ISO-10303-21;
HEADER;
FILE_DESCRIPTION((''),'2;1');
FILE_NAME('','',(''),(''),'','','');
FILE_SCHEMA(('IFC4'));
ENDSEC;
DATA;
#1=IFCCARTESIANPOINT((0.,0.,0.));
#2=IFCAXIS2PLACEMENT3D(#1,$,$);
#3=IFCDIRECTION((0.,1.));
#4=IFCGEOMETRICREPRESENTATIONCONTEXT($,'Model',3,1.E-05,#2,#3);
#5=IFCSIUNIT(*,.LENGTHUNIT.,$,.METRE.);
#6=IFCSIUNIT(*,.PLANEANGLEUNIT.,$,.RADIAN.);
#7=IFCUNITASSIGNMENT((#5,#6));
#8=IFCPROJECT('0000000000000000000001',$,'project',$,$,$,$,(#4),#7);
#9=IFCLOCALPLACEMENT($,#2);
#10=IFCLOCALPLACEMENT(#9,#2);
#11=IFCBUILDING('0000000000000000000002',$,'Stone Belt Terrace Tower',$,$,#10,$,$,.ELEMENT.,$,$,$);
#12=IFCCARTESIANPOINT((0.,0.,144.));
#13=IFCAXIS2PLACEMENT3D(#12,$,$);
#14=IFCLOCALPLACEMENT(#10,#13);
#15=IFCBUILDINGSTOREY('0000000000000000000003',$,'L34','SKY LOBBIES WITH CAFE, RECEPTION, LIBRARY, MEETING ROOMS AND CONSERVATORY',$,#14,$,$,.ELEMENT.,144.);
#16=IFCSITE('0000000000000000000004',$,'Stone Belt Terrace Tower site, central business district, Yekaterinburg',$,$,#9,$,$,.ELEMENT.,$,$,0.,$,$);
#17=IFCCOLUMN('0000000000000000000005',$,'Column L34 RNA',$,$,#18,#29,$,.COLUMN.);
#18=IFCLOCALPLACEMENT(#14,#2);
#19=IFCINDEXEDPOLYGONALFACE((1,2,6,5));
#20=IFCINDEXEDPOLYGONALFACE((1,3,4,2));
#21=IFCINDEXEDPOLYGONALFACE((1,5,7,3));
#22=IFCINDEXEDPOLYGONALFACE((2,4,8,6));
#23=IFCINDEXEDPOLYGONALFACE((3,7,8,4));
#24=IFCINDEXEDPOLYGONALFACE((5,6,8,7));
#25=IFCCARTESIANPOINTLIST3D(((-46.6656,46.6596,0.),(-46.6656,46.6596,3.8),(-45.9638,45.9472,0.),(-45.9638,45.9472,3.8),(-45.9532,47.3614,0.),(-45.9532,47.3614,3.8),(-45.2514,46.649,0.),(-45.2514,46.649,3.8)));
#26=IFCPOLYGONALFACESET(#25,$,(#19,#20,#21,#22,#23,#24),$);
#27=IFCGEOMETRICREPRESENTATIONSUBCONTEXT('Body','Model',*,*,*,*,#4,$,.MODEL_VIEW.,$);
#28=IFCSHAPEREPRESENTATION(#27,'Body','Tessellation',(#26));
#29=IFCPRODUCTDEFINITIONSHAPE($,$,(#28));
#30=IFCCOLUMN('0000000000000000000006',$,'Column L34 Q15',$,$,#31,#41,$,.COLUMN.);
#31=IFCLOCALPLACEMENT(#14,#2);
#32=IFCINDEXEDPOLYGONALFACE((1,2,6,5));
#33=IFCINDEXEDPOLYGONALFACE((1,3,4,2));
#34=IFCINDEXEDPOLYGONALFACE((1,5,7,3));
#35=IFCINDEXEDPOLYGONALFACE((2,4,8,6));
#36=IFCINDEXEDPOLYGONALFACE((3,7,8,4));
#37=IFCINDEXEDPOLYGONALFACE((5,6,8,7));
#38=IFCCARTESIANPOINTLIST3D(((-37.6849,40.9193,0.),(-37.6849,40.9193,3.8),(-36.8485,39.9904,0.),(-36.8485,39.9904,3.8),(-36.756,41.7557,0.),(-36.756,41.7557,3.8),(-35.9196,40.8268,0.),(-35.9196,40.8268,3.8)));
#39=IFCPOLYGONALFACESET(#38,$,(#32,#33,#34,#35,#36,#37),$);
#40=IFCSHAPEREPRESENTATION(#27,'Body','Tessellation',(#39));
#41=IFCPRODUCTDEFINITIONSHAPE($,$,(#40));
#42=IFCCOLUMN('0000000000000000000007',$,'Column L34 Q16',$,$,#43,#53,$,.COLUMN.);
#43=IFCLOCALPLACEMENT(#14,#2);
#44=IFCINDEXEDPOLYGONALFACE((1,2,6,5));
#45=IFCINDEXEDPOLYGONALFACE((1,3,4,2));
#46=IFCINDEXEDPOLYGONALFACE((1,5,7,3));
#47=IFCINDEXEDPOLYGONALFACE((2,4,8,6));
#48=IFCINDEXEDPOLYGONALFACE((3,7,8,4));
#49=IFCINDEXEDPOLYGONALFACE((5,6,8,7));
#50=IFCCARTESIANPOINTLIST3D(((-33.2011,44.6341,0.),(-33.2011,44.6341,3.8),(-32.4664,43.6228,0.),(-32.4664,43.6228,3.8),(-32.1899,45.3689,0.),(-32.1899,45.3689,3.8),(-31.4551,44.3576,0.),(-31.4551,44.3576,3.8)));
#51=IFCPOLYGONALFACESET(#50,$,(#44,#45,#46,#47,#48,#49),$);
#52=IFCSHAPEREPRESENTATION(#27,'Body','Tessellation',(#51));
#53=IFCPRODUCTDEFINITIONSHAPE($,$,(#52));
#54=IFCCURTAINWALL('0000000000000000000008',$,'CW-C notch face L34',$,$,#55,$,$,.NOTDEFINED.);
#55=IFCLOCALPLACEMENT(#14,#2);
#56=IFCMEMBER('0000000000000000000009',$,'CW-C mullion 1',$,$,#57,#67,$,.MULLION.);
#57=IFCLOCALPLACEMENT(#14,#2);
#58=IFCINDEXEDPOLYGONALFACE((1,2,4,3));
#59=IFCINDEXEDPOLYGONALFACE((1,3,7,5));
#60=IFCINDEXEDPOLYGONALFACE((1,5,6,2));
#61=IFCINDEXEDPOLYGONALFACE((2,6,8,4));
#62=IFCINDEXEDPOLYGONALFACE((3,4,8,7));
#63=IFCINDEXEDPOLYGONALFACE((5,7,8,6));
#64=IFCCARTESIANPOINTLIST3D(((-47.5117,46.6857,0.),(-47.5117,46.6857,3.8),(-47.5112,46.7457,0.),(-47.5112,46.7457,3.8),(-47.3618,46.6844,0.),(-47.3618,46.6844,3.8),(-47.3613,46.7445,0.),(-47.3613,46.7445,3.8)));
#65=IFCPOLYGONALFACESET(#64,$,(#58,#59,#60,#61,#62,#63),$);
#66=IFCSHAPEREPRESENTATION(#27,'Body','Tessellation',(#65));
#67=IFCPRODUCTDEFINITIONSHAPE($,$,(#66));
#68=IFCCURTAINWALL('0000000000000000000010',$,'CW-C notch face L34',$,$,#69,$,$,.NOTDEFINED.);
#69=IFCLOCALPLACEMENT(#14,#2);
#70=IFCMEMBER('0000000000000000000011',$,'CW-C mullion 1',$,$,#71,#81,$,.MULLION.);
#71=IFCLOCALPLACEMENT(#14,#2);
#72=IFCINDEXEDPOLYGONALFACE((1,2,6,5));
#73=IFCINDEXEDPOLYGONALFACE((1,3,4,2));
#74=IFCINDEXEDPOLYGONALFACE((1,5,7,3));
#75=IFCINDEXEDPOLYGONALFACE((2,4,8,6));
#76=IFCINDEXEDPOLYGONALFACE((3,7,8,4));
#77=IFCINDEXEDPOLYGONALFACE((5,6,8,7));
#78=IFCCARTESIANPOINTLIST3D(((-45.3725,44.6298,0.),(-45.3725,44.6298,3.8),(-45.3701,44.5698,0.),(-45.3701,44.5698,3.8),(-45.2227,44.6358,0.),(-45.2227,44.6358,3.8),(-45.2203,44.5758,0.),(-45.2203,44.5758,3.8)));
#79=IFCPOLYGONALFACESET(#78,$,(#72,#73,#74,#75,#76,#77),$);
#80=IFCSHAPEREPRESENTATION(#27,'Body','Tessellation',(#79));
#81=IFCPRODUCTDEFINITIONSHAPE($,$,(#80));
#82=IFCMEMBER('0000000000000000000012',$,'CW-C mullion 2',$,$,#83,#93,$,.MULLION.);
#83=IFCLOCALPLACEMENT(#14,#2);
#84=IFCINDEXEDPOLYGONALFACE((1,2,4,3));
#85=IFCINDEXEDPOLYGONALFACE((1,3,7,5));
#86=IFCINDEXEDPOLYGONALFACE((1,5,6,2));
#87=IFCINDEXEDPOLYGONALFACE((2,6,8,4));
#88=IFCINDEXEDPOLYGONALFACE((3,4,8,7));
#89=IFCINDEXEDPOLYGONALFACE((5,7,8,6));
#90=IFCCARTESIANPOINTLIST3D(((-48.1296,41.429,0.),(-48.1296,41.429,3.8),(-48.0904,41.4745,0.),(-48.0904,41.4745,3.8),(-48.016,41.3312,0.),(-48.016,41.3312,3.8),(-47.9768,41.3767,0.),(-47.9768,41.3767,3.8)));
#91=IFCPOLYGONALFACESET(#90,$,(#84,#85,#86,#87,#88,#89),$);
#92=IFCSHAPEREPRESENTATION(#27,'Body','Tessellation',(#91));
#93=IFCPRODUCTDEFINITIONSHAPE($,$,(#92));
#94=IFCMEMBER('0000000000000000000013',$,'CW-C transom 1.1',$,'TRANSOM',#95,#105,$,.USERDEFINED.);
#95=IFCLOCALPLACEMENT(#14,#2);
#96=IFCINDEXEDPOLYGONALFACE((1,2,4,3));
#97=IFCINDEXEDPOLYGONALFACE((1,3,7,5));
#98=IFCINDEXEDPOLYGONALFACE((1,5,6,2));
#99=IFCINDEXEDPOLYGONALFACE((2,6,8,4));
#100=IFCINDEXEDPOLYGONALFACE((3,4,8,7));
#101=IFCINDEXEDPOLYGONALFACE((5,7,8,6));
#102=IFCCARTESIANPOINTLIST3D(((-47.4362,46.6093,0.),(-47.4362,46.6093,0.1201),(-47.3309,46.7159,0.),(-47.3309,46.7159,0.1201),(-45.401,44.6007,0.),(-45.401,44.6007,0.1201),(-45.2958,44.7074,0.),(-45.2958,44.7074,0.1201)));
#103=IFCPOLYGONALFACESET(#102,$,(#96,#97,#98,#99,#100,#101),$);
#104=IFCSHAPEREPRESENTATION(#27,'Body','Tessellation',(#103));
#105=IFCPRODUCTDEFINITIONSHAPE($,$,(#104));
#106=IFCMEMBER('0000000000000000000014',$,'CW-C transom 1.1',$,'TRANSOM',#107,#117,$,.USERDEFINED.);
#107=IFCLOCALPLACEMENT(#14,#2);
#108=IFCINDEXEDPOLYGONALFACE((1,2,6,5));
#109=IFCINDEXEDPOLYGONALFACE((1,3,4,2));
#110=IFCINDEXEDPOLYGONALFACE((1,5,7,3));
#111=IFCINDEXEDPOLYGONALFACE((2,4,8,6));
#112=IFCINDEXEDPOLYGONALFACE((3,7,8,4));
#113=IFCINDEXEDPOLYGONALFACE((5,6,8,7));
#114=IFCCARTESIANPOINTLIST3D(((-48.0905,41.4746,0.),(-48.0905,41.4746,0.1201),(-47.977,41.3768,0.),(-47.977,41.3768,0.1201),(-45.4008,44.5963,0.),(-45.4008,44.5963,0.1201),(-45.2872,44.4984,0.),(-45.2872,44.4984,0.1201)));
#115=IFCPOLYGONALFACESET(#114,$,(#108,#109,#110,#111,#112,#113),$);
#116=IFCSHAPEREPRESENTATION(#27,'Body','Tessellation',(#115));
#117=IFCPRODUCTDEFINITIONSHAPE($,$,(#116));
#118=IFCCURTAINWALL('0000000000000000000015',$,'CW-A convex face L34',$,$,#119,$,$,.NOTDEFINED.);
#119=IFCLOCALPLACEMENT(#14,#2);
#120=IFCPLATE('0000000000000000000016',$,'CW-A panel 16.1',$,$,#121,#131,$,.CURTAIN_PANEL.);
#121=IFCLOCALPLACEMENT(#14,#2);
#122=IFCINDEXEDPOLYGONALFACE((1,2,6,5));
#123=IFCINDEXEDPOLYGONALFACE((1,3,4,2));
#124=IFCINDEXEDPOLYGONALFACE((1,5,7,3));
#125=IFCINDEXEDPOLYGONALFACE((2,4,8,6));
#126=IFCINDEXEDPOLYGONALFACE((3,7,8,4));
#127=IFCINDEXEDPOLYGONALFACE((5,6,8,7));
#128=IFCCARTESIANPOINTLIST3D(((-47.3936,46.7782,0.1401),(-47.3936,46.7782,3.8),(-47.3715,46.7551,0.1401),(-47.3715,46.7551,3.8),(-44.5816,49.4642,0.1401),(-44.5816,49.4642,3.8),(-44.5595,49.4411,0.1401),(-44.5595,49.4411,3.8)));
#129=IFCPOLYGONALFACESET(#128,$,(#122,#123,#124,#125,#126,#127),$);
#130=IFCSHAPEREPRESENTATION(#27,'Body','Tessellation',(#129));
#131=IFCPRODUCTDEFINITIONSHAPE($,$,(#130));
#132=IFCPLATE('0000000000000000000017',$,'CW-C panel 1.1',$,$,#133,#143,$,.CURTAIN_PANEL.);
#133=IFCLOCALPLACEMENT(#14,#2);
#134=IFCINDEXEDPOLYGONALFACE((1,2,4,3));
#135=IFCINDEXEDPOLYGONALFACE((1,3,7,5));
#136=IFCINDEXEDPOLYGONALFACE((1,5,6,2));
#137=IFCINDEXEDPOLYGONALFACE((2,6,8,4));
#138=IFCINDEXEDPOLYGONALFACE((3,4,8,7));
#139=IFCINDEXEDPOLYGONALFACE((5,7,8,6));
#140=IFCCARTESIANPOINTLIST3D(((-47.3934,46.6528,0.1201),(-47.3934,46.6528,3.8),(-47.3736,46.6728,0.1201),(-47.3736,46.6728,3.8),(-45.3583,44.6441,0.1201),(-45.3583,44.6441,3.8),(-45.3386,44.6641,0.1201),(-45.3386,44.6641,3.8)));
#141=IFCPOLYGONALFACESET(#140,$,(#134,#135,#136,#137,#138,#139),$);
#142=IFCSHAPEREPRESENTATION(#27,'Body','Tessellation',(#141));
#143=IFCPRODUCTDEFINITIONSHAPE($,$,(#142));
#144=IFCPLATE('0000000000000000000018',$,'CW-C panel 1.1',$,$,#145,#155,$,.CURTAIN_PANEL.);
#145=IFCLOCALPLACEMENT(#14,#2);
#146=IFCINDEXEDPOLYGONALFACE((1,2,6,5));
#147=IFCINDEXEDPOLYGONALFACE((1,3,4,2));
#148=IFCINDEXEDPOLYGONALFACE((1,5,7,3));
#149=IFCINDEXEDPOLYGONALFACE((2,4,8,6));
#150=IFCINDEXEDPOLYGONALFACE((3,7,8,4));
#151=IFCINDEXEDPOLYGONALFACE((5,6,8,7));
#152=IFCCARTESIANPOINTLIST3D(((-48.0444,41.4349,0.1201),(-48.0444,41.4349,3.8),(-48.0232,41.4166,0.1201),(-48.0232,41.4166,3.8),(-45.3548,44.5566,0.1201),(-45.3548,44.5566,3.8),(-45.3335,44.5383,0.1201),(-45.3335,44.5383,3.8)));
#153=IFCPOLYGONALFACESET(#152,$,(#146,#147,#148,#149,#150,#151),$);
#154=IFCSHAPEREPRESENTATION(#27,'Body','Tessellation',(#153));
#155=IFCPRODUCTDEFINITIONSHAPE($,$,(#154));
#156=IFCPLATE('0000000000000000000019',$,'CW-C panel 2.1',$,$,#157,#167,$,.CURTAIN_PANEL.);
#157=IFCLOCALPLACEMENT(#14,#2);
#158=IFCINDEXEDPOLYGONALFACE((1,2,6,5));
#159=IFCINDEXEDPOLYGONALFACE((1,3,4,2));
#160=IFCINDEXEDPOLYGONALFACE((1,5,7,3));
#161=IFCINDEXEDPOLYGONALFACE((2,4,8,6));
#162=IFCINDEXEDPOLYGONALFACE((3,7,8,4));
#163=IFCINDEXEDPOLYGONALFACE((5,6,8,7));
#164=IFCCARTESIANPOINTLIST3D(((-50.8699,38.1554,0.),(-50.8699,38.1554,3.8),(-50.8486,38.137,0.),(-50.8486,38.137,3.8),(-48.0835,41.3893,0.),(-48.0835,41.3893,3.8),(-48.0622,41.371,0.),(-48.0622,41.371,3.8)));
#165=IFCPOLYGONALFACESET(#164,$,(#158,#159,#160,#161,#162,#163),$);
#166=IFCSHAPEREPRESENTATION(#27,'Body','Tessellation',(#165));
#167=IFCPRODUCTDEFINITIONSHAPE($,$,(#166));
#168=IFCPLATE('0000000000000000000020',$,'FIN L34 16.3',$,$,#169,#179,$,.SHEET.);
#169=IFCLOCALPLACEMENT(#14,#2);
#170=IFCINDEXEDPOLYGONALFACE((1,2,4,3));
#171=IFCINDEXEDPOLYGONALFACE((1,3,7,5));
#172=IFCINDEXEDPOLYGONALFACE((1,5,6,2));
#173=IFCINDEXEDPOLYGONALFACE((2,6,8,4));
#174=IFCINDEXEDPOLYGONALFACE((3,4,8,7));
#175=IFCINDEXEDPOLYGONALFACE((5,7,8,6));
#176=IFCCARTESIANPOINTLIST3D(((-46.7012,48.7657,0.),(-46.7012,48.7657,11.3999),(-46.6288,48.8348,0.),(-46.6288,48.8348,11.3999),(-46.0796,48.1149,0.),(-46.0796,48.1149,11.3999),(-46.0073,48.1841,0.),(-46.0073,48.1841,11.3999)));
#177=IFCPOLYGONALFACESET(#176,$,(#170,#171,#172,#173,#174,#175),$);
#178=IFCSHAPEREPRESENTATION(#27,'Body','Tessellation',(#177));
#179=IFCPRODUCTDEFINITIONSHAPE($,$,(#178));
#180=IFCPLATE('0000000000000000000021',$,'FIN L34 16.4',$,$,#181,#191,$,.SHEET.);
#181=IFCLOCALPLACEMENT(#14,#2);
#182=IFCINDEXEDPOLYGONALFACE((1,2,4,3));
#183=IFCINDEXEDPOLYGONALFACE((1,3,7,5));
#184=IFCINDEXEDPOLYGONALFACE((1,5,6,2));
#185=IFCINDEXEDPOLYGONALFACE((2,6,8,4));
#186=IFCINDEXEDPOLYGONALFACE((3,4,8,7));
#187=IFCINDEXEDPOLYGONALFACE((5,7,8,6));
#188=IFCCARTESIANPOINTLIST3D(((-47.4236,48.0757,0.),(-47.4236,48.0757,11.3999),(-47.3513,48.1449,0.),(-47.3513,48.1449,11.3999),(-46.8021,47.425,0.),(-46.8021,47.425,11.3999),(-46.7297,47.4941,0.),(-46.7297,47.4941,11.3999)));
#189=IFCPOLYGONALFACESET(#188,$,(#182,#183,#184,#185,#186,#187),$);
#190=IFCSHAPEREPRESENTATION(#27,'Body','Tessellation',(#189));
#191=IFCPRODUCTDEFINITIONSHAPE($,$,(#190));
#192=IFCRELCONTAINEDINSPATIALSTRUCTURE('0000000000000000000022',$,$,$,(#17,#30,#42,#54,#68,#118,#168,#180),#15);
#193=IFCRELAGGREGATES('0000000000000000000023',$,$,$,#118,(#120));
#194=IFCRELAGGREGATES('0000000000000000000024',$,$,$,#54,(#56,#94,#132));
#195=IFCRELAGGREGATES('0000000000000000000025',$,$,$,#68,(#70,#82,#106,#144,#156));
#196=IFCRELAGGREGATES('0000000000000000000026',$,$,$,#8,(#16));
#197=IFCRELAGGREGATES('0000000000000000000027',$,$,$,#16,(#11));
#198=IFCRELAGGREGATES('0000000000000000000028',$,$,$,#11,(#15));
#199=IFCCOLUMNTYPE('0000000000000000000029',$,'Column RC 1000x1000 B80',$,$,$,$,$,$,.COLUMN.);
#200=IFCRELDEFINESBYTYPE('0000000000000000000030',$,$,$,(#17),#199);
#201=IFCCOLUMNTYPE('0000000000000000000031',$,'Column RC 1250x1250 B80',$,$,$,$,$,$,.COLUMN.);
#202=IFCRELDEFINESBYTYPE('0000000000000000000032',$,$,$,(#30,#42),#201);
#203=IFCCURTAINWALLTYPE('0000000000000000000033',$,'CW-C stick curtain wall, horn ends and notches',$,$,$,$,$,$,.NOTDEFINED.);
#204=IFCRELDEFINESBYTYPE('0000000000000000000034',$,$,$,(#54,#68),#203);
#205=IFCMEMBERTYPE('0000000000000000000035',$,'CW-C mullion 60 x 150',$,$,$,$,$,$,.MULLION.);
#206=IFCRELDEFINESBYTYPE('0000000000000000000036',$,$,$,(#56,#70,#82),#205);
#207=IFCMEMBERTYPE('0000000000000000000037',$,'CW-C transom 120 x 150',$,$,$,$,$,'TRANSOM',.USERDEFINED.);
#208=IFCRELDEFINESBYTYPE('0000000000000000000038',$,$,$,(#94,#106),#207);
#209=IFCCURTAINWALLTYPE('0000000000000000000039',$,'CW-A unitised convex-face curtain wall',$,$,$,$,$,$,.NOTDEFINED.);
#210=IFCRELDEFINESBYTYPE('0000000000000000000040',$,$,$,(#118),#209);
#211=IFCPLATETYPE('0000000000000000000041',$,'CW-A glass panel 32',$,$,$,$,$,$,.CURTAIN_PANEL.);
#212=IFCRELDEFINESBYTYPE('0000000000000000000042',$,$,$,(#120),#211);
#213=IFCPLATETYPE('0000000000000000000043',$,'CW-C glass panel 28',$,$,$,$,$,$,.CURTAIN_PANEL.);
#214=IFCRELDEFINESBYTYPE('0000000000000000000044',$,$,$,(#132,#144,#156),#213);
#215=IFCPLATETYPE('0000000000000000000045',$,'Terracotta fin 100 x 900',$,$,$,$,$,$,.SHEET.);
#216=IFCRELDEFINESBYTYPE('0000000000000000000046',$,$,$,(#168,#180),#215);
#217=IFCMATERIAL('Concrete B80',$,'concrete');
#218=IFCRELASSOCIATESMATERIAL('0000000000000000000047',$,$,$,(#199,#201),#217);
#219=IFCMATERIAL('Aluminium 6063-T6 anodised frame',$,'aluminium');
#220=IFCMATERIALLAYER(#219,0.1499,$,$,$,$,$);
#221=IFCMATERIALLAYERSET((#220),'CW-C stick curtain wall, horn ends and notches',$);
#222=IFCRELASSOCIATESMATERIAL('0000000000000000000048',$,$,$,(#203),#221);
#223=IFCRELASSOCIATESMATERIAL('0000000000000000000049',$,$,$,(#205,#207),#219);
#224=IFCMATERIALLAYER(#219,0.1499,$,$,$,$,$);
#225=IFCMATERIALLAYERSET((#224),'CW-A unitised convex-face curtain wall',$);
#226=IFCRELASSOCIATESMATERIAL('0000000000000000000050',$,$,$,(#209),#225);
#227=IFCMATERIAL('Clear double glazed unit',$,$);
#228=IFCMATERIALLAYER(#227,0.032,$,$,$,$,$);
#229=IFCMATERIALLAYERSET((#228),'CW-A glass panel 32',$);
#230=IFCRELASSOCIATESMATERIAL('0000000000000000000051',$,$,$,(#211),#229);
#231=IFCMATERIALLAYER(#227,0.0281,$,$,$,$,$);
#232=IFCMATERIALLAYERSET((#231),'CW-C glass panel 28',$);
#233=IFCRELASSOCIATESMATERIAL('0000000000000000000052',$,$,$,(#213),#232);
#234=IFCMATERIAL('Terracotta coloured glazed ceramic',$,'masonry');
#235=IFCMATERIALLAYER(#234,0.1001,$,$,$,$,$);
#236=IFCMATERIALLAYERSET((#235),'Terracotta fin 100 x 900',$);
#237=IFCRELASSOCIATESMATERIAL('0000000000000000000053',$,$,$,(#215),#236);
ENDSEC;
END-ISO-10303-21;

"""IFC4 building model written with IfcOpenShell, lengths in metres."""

from ifc_helpers import new_model, si_unit, direction, frame, origin, origin_2d, place, context, subcontext, project, spatial, rectangle, extrude, material, layer, layer_set, material_profile, profile_set, type_object, element, aggregate, save


model = new_model("IFC4")

# Units and contexts
model_context = context("Model", 3, precision=1e-05, world=origin(), true_north=direction((0.0, 1.0)))
body_context = subcontext(model_context, "Body", "Model", "MODEL_VIEW")
ifc_project = project(units=[si_unit("LENGTHUNIT", "METRE"), si_unit("PLANEANGLEUNIT", "RADIAN")], contexts=[model_context])

# Site, building, storey
site_placement = place(None, origin())
site = spatial("IfcSite", under=ifc_project, at=site_placement, Name="Stone Belt Terrace Tower site, central business district, Yekaterinburg", CompositionType="ELEMENT", RefElevation=0.0)
building_placement = place(site_placement, origin())
building = spatial("IfcBuilding", under=site, at=building_placement, Name="Stone Belt Terrace Tower", CompositionType="ELEMENT")
storey_placement = place(building_placement, frame((0.0, 0.0, 144.0)))
storey = spatial("IfcBuildingStorey", under=building, at=storey_placement, Name="L34", Description="SKY LOBBIES WITH CAFE, RECEPTION, LIBRARY, MEETING ROOMS AND CONSERVATORY", CompositionType="ELEMENT", Elevation=144.0)

# Columns
ifc_material_1 = material(Name="Concrete B80", Category="concrete")
ifc_material_profile_1 = material_profile(ifc_material_1, rectangle(XDim=1.0, YDim=1.0, at=origin_2d()), Name="RC 1000x1000")
ifc_profile_set_1 = profile_set([ifc_material_profile_1], Name="Concrete B80")
column_type_1 = type_object("IfcColumnType", Name="Column RC 1000x1000 B80", PredefinedType="COLUMN", material=ifc_profile_set_1)
column_placement = place(storey_placement, frame((-45.9585, 46.6543, 0.0), z_axis=(0.0, 0.0, 1.0), x_axis=(0.712398, 0.701775, 0.0)))
element("IfcColumn", 1, at=column_placement, inside=storey, type_object=column_type_1, Name="Column L34 RNA", PredefinedType="COLUMN", context=body_context, shape_type="SweptSolid", body=[
    extrude(rectangle(XDim=1.0, YDim=1.0, at=origin_2d()), origin(), (0.0, 0.0, 1.0), 3.8),
])
ifc_material_profile_2 = material_profile(ifc_material_1, rectangle(XDim=1.25, YDim=1.25, at=origin_2d()), Name="RC 1250x1250")
ifc_profile_set_2 = profile_set([ifc_material_profile_2], Name="Concrete B80")
column_type_2 = type_object("IfcColumnType", Name="Column RC 1250x1250 B80", PredefinedType="COLUMN", material=ifc_profile_set_2)
for number, where, z_axis, x_axis, name in (
    (2, (-36.8022, 40.873, 0.0), (0.0, 0.0, 1.0), (0.743145, 0.669131, 0.0), "Column L34 Q15"),
    (3, (-32.3281, 44.4958, 0.0), (0.0, 0.0, 1.0), (0.809017, 0.587785, 0.0), "Column L34 Q16"),
):
    element("IfcColumn", number, at=place(storey_placement, frame(where, z_axis=z_axis, x_axis=x_axis)), inside=storey, type_object=column_type_2, Name=name, PredefinedType="COLUMN", context=body_context, shape_type="SweptSolid", body=[
        extrude(rectangle(XDim=1.25, YDim=1.25, at=origin_2d()), origin(), (0.0, 0.0, 1.0), 3.8),
    ])

# Curtain wall, member
ifc_material_2 = material(Name="Aluminium 6063-T6 anodised frame", Category="aluminium")
ifc_layer_1 = layer(ifc_material_2, 0.1499)
ifc_layer_set_1 = layer_set([ifc_layer_1], Name="CW-C stick curtain wall, horn ends and notches")
curtain_wall_type_1 = type_object("IfcCurtainWallType", Name="CW-C stick curtain wall, horn ends and notches", PredefinedType="NOTDEFINED", material=ifc_layer_set_1)
curtain_wall_1_placement = place(storey_placement, origin())
curtain_wall_1 = element("IfcCurtainWall", 4, at=curtain_wall_1_placement, inside=storey, type_object=curtain_wall_type_1, Name="CW-C notch face L34", PredefinedType="NOTDEFINED")
ifc_material_profile_3 = material_profile(ifc_material_2, rectangle(XDim=0.1499, YDim=0.0601, at=origin_2d()), Name="Aluminium 6063-T6 60x150")
ifc_profile_set_3 = profile_set([ifc_material_profile_3], Name="Aluminium 6063-T6 anodised frame")
member_type_1 = type_object("IfcMemberType", Name="CW-C mullion 60 x 150", PredefinedType="MULLION", material=ifc_profile_set_3)
member_1_placement = place(storey_placement, frame((-47.4365, 46.7151, 0.0), z_axis=(0.0, 0.0, 1.0), x_axis=(0.999966, -0.008188, 0.0)))
member_1 = element("IfcMember", 5, at=member_1_placement, type_object=member_type_1, Name="CW-C mullion 1", PredefinedType="MULLION", context=body_context, shape_type="SweptSolid", body=[
    extrude(rectangle(XDim=0.1499, YDim=0.0601, at=origin_2d()), origin(), (0.0, 0.0, 1.0), 3.8),
])

# Curtain wall, members
curtain_wall_2_placement = place(storey_placement, origin())
curtain_wall_2 = element("IfcCurtainWall", 6, at=curtain_wall_2_placement, inside=storey, type_object=curtain_wall_type_1, Name="CW-C notch face L34", PredefinedType="NOTDEFINED")
member_2_placement = place(storey_placement, frame((-45.2964, 44.6028, 0.0), z_axis=(0.0, 0.0, 1.0), x_axis=(0.999185, 0.04036, 0.0)))
member_2 = element("IfcMember", 7, at=member_2_placement, type_object=member_type_1, Name="CW-C mullion 1", PredefinedType="MULLION", context=body_context, shape_type="SweptSolid", body=[
    extrude(rectangle(XDim=0.1499, YDim=0.0601, at=origin_2d()), origin(), (0.0, 0.0, 1.0), 3.8),
])
member_3_placement = place(storey_placement, frame((-48.0532, 41.4028, 0.0), z_axis=(0.0, 0.0, 1.0), x_axis=(0.757584, -0.652738, 0.0)))
member_3 = element("IfcMember", 8, at=member_3_placement, type_object=member_type_1, Name="CW-C mullion 2", PredefinedType="MULLION", context=body_context, shape_type="SweptSolid", body=[
    extrude(rectangle(XDim=0.1499, YDim=0.0601, at=origin_2d()), origin(), (0.0, 0.0, 1.0), 3.8),
])

# Members
ifc_material_profile_4 = material_profile(ifc_material_2, rectangle(XDim=0.1499, YDim=0.1201, at=origin_2d()), Name="Aluminium 6063-T6 150x120")
ifc_profile_set_4 = profile_set([ifc_material_profile_4], Name="Aluminium 6063-T6 anodised frame")
member_type_2 = type_object("IfcMemberType", Name="CW-C transom 120 x 150", ElementType="TRANSOM", PredefinedType="USERDEFINED", material=ifc_profile_set_4)
member_4_placement = place(storey_placement, frame((-47.3835, 46.6626, 0.0601), z_axis=(0.711745, -0.702438, 0.0), x_axis=(0.702438, 0.711745, 0.0)))
member_4 = element("IfcMember", 9, at=member_4_placement, type_object=member_type_2, Name="CW-C transom 1.1", ObjectType="TRANSOM", PredefinedType="USERDEFINED", context=body_context, shape_type="SweptSolid", body=[
    extrude(rectangle(XDim=0.1499, YDim=0.1201, at=origin_2d()), origin(), (0.0, 0.0, 1.0), 2.8594),
])
member_5_placement = place(storey_placement, frame((-45.344, 44.5474, 0.0601), z_axis=(-0.652756, -0.757569, 0.0), x_axis=(0.757569, -0.652756, 0.0)))
member_5 = element("IfcMember", 10, at=member_5_placement, type_object=member_type_2, Name="CW-C transom 1.1", ObjectType="TRANSOM", PredefinedType="USERDEFINED", context=body_context, shape_type="SweptSolid", body=[
    extrude(rectangle(XDim=0.1499, YDim=0.1201, at=origin_2d()), origin(), (0.0, 0.0, 1.0), 4.1206),
])

# Curtain wall, plate
ifc_layer_2 = layer(ifc_material_2, 0.1499)
ifc_layer_set_2 = layer_set([ifc_layer_2], Name="CW-A unitised convex-face curtain wall")
curtain_wall_type_2 = type_object("IfcCurtainWallType", Name="CW-A unitised convex-face curtain wall", PredefinedType="NOTDEFINED", material=ifc_layer_set_2)
curtain_wall_3_placement = place(storey_placement, origin())
curtain_wall_3 = element("IfcCurtainWall", 11, at=curtain_wall_3_placement, inside=storey, type_object=curtain_wall_type_2, Name="CW-A convex face L34", PredefinedType="NOTDEFINED")
ifc_material_3 = material(Name="Clear double glazed unit")
ifc_layer_3 = layer(ifc_material_3, 0.032)
ifc_layer_set_3 = layer_set([ifc_layer_3], Name="CW-A glass panel 32")
plate_type_1 = type_object("IfcPlateType", Name="CW-A glass panel 32", PredefinedType="CURTAIN_PANEL", material=ifc_layer_set_3)
plate_1_placement = place(storey_placement, frame((-45.9766, 48.1096, 0.1401), z_axis=(0.0, 0.0, 1.0), x_axis=(-0.723121, -0.690721, 0.0)))
plate_1 = element("IfcPlate", 12, at=plate_1_placement, type_object=plate_type_1, Name="CW-A panel 16.1", PredefinedType="CURTAIN_PANEL", context=body_context, shape_type="SweptSolid", body=[
    extrude(rectangle(XDim=3.8887, YDim=0.032, at=origin_2d()), origin(), (0.0, 0.0, 1.0), 3.6599),
])
aggregate(curtain_wall_3, [plate_1])

# Plates
ifc_layer_4 = layer(ifc_material_3, 0.0281)
ifc_layer_set_4 = layer_set([ifc_layer_4], Name="CW-C glass panel 28")
plate_type_2 = type_object("IfcPlateType", Name="CW-C glass panel 28", PredefinedType="CURTAIN_PANEL", material=ifc_layer_set_4)
plate_2_placement = place(storey_placement, frame((-46.366, 45.6584, 0.1201), z_axis=(0.0, 0.0, 1.0), x_axis=(0.711713, -0.70247, 0.0)))
plate_2 = element("IfcPlate", 13, at=plate_2_placement, type_object=plate_type_2, Name="CW-C panel 1.1", PredefinedType="CURTAIN_PANEL", context=body_context, shape_type="SweptSolid", body=[
    extrude(rectangle(XDim=2.8594, YDim=0.0281, at=origin_2d()), origin(), (0.0, 0.0, 1.0), 3.6799),
])
aggregate(curtain_wall_1, [member_1, member_4, plate_2])
plate_3_placement = place(storey_placement, frame((-46.689, 42.9866, 0.1201), z_axis=(0.0, 0.0, 1.0), x_axis=(-0.652738, -0.757584, 0.0)))
plate_3 = element("IfcPlate", 14, at=plate_3_placement, type_object=plate_type_2, Name="CW-C panel 1.1", PredefinedType="CURTAIN_PANEL", context=body_context, shape_type="SweptSolid", body=[
    extrude(rectangle(XDim=4.1206, YDim=0.0281, at=origin_2d()), origin(), (0.0, 0.0, 1.0), 3.6799),
])
plate_4_placement = place(storey_placement, frame((-49.4661, 39.7632, 0.0), z_axis=(0.0, 0.0, 1.0), x_axis=(-0.652738, -0.757584, 0.0)))
plate_4 = element("IfcPlate", 15, at=plate_4_placement, type_object=plate_type_2, Name="CW-C panel 2.1", PredefinedType="CURTAIN_PANEL", context=body_context, shape_type="SweptSolid", body=[
    extrude(rectangle(XDim=4.2688, YDim=0.0281, at=origin_2d()), origin(), (0.0, 0.0, 1.0), 3.8),
])
aggregate(curtain_wall_2, [member_2, member_3, member_5, plate_3, plate_4])

# Plates
ifc_material_4 = material(Name="Terracotta coloured glazed ceramic", Category="masonry")
ifc_layer_5 = layer(ifc_material_4, 0.1001)
ifc_layer_set_5 = layer_set([ifc_layer_5], Name="Terracotta fin 100 x 900")
plate_type_3 = type_object("IfcPlateType", Name="Terracotta fin 100 x 900", PredefinedType="SHEET", material=ifc_layer_set_5)
for number, where, z_axis, x_axis, name in (
    (16, (-46.3542, 48.4749, 0.0), (0.0, 0.0, 1.0), (-0.690721, 0.723121, 0.0), "FIN L34 16.3"),
    (17, (-47.0767, 47.7849, 0.0), (0.0, 0.0, 1.0), (-0.690721, 0.723121, 0.0), "FIN L34 16.4"),
):
    element("IfcPlate", number, at=place(storey_placement, frame(where, z_axis=z_axis, x_axis=x_axis)), inside=storey, type_object=plate_type_3, Name=name, PredefinedType="SHEET", context=body_context, shape_type="SweptSolid", body=[
        extrude(rectangle(XDim=0.8999, YDim=0.1001, at=origin_2d()), origin(), (0.0, 0.0, 1.0), 11.3999),
    ])

save(model, "model.ifc")
